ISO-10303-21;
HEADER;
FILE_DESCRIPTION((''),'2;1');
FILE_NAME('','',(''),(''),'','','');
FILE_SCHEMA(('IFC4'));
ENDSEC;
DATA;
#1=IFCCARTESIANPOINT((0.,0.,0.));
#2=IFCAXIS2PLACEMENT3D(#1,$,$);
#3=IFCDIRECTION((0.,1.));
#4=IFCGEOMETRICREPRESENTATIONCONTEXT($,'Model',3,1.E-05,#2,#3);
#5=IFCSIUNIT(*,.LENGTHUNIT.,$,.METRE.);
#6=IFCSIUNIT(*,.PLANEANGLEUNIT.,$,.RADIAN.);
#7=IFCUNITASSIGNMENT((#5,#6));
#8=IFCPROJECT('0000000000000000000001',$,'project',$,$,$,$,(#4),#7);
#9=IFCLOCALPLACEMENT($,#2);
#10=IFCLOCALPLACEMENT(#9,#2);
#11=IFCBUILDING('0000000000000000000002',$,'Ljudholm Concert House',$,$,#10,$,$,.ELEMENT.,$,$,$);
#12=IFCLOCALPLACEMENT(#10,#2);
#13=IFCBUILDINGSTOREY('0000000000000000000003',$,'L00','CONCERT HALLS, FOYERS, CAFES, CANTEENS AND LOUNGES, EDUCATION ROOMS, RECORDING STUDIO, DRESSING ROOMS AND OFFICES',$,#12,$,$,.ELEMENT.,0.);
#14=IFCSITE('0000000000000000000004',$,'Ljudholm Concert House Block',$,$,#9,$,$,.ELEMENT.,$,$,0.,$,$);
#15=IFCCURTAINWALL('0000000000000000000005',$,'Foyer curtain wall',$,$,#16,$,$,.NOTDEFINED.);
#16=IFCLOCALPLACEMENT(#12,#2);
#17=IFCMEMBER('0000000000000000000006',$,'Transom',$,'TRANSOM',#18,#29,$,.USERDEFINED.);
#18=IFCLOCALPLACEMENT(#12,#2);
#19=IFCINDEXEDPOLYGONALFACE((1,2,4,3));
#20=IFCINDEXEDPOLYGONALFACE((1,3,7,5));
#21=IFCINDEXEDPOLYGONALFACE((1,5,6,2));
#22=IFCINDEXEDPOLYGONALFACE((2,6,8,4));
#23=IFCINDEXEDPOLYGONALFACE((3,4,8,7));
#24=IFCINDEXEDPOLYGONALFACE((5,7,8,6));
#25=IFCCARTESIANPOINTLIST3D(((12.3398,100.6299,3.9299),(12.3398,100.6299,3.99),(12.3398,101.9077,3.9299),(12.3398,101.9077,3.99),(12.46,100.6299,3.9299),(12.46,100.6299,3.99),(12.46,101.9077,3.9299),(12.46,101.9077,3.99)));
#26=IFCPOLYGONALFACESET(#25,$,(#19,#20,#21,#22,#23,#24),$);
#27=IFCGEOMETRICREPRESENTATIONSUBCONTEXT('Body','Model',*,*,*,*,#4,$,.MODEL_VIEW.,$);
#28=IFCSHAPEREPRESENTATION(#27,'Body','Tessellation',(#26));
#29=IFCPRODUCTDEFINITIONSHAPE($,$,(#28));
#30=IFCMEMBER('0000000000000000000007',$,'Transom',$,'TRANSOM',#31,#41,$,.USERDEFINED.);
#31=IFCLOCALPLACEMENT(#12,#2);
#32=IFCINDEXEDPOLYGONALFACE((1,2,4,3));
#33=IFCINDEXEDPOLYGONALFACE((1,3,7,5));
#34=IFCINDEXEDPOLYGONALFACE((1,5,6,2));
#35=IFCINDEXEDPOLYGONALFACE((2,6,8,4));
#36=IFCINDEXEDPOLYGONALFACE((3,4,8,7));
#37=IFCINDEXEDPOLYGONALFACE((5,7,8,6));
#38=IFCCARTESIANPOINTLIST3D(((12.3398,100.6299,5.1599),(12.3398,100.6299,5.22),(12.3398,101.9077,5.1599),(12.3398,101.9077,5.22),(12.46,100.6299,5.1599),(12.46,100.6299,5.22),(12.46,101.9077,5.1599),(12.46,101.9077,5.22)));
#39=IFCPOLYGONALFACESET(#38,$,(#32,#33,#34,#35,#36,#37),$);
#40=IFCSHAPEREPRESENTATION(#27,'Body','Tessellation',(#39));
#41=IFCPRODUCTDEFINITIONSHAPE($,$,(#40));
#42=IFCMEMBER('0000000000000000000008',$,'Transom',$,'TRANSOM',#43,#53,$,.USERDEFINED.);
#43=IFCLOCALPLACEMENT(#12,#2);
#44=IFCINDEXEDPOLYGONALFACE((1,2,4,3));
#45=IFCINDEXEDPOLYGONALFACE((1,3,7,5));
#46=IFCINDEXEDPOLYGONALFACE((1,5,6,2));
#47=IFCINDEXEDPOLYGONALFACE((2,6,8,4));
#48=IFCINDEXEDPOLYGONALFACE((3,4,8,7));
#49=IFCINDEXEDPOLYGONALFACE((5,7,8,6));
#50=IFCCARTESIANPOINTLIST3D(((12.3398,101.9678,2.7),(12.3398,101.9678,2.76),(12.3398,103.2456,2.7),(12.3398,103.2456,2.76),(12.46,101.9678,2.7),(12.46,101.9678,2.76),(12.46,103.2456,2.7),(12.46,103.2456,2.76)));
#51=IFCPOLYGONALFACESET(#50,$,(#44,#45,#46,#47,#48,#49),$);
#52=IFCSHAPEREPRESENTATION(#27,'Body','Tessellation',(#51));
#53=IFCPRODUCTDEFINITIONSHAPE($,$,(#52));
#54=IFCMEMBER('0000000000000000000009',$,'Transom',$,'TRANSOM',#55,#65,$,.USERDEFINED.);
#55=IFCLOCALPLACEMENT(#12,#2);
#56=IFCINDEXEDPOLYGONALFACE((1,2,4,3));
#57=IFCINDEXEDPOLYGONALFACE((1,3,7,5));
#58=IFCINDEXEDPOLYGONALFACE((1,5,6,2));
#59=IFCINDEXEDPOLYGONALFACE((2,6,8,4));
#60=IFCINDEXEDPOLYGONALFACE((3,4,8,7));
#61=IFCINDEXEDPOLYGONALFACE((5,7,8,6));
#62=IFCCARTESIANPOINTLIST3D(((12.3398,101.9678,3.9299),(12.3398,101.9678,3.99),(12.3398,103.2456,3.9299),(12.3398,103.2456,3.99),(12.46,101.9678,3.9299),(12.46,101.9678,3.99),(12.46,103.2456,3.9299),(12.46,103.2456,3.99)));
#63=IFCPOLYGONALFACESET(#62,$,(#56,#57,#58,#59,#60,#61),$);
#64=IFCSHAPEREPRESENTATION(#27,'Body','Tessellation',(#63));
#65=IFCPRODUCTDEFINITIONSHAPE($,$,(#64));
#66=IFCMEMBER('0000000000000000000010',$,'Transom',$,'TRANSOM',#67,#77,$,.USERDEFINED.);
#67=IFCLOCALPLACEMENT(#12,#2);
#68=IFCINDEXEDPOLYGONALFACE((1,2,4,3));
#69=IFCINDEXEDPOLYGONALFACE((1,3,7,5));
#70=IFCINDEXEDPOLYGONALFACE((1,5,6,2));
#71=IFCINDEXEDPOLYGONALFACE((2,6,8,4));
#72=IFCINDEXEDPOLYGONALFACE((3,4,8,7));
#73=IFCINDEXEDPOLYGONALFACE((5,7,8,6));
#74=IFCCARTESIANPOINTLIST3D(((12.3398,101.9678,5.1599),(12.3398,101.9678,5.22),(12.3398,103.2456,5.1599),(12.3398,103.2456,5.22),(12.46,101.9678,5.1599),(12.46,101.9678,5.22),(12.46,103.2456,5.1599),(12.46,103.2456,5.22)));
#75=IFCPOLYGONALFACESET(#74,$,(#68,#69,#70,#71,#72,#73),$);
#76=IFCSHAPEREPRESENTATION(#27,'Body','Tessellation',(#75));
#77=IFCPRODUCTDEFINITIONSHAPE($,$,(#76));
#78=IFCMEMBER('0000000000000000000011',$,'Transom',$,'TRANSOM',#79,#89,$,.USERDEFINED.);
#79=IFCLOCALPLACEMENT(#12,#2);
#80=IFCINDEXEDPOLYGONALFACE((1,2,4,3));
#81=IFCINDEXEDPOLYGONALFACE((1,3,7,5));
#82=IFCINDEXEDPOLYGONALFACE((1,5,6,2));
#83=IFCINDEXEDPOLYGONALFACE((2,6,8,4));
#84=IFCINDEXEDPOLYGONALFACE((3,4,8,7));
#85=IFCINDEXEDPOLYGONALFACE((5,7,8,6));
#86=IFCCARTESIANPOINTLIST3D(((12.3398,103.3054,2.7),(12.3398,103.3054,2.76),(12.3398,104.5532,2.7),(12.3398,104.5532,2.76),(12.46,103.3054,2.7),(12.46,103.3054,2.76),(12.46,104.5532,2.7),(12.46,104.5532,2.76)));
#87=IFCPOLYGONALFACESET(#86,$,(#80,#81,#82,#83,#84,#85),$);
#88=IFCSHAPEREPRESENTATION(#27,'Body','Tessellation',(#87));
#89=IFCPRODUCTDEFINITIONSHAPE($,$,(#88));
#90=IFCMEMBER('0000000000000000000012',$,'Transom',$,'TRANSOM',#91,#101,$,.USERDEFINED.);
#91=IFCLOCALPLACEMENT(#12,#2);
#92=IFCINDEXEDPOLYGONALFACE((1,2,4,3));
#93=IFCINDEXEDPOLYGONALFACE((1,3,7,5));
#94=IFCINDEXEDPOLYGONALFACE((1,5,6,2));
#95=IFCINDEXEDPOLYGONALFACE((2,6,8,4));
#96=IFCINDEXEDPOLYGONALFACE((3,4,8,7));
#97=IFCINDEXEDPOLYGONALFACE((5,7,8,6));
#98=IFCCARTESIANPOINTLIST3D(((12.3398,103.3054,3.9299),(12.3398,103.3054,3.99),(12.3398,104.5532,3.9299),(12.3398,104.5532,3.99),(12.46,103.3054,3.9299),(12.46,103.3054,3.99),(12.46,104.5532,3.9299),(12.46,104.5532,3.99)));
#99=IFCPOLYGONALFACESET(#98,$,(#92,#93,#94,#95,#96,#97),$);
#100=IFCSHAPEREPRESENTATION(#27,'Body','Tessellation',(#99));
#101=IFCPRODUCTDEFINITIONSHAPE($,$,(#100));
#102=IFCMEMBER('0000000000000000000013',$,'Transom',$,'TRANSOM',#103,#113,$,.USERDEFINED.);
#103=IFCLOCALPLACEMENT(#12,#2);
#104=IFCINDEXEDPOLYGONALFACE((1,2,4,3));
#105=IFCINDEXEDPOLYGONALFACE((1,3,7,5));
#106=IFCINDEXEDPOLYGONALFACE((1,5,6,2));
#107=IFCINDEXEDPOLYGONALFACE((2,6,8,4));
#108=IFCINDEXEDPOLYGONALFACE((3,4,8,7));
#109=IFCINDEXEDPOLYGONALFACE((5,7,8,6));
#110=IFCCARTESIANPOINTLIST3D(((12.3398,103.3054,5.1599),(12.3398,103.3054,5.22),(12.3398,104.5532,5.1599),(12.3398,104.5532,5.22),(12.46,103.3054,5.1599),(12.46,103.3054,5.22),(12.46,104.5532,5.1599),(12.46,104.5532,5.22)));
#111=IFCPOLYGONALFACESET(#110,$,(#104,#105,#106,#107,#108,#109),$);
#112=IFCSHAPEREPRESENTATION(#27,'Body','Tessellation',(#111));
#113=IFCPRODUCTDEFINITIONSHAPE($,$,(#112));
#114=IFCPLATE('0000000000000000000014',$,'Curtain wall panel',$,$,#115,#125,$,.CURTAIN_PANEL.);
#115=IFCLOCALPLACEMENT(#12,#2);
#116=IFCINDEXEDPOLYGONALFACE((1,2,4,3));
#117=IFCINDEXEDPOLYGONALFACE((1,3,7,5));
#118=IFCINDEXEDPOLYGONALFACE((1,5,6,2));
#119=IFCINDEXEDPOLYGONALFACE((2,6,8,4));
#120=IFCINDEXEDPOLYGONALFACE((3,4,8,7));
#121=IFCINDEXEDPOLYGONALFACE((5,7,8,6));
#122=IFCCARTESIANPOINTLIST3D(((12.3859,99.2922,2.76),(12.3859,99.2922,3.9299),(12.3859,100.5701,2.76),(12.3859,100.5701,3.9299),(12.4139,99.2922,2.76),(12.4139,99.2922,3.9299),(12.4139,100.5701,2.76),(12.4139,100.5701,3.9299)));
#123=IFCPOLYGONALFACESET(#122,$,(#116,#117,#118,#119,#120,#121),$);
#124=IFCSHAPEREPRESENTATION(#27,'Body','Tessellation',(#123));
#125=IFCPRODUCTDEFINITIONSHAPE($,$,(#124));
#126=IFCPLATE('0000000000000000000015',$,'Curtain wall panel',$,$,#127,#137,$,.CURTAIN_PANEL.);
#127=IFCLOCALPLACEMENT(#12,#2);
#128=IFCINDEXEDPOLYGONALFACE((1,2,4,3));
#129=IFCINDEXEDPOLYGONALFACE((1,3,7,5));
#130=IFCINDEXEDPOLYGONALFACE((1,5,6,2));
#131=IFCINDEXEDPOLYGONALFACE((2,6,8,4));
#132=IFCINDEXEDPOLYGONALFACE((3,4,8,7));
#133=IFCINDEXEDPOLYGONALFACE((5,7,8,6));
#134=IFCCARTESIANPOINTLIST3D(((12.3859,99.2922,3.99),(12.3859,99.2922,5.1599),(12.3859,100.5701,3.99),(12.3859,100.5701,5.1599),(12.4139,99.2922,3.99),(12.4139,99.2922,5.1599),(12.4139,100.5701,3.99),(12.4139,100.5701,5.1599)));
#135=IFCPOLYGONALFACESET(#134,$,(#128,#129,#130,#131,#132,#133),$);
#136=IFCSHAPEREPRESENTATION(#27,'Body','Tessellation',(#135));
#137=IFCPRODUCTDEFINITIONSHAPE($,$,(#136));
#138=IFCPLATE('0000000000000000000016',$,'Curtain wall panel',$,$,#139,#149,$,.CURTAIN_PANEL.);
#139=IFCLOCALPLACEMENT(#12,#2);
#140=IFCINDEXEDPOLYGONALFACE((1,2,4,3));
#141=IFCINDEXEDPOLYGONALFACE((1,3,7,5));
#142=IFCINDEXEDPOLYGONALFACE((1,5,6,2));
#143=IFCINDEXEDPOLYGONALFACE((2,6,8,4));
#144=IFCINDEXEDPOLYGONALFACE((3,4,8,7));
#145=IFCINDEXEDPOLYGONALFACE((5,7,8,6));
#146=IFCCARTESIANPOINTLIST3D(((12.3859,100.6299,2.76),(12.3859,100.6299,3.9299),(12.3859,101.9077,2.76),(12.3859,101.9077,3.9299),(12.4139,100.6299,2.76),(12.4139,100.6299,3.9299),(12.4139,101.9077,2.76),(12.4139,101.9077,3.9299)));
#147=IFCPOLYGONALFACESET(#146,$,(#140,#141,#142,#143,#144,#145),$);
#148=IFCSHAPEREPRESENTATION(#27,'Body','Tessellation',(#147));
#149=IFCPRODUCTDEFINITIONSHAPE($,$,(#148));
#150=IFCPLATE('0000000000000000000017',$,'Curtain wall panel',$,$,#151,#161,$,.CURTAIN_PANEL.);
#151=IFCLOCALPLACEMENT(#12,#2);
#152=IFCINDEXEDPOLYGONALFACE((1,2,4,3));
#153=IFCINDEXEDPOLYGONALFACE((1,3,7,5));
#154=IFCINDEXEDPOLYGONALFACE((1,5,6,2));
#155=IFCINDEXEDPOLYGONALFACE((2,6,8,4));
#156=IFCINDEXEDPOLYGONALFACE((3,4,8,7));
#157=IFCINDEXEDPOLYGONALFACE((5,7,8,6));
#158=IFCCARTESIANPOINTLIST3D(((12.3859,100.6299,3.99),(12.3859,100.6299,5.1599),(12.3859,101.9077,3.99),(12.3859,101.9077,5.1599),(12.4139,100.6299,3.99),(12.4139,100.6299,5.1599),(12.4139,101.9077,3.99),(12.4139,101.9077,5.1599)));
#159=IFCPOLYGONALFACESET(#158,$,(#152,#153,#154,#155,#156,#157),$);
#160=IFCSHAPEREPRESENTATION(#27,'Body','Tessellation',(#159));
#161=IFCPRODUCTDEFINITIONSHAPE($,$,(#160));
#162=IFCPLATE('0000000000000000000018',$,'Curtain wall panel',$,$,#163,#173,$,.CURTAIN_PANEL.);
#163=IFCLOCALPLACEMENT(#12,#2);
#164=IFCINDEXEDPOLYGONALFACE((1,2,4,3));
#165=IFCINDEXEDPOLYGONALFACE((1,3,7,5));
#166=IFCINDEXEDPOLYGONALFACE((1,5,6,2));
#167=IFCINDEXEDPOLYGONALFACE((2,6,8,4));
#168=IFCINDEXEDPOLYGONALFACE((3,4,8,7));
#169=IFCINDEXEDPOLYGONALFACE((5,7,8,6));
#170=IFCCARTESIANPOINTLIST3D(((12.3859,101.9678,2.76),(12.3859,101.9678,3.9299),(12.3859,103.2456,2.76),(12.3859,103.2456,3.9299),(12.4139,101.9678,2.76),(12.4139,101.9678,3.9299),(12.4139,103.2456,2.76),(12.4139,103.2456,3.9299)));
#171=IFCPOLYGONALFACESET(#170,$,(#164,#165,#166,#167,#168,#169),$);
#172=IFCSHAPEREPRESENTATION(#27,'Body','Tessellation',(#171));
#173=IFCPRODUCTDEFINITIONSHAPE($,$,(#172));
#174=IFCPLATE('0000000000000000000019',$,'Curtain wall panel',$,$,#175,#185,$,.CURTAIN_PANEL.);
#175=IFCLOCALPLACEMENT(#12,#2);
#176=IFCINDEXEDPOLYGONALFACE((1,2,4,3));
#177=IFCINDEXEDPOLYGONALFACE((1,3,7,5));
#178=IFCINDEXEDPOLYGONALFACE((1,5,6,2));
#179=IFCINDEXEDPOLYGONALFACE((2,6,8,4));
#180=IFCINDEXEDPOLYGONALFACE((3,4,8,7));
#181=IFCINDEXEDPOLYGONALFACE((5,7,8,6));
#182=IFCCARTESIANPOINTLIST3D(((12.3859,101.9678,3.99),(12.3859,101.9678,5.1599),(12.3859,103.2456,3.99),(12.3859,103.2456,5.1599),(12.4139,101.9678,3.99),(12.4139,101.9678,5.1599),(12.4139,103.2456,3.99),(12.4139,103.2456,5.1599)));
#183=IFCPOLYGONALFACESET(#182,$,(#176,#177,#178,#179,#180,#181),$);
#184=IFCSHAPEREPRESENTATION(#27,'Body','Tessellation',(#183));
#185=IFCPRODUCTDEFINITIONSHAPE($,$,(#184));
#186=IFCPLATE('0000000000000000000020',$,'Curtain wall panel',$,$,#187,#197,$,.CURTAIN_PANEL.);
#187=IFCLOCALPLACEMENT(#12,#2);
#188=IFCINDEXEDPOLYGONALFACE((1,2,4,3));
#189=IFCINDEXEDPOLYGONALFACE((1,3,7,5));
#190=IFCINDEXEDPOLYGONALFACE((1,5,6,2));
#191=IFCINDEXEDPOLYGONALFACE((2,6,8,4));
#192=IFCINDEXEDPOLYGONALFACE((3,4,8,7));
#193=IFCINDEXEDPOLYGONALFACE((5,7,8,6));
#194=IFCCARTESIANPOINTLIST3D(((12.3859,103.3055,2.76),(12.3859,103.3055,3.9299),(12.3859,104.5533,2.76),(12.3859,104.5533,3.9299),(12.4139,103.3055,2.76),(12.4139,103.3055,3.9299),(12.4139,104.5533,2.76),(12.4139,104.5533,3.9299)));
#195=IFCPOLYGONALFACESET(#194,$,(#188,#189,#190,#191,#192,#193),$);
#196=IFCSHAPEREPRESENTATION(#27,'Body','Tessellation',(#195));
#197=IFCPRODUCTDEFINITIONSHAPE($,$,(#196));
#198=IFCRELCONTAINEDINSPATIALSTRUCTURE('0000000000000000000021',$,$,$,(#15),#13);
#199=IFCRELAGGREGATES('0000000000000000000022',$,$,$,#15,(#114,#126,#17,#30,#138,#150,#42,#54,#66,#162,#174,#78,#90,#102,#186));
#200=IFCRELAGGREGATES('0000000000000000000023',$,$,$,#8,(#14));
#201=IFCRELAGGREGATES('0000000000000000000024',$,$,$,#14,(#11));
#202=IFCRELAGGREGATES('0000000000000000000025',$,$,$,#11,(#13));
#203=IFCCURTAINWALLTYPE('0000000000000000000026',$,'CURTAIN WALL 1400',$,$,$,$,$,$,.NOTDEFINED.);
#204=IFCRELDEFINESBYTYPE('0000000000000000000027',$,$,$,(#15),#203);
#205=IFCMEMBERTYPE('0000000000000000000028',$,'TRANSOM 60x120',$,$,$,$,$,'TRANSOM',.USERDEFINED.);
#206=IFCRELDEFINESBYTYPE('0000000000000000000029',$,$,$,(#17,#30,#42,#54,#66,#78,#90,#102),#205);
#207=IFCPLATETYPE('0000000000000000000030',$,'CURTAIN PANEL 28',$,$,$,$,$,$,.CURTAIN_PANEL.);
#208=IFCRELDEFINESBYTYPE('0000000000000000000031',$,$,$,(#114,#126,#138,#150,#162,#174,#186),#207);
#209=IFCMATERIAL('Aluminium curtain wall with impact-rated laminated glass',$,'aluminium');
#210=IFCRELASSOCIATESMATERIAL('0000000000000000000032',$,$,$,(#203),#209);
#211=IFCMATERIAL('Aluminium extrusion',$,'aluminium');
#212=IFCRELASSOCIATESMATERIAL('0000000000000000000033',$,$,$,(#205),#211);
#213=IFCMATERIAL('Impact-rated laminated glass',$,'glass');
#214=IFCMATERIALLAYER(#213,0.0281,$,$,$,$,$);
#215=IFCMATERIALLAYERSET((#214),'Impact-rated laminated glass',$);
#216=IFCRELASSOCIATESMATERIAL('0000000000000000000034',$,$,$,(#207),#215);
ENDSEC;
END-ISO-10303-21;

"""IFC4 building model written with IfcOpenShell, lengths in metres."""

from ifc_helpers import new_model, si_unit, direction, frame, origin, origin_2d, place, context, subcontext, project, spatial, rectangle, extrude, material, layer, layer_set, material_profile, profile_set, type_object, element, aggregate, save


model = new_model("IFC4")

# Units and contexts
model_context = context("Model", 3, precision=1e-05, world=origin(), true_north=direction((0.0, 1.0)))
body_context = subcontext(model_context, "Body", "Model", "MODEL_VIEW")
ifc_project = project(units=[si_unit("LENGTHUNIT", "METRE"), si_unit("PLANEANGLEUNIT", "RADIAN")], contexts=[model_context])

# Site, building, storey
site_placement = place(None, origin())
site = spatial("IfcSite", under=ifc_project, at=site_placement, Name="Ljudholm Concert House Block", CompositionType="ELEMENT", RefElevation=0.0)
building_placement = place(site_placement, origin())
building = spatial("IfcBuilding", under=site, at=building_placement, Name="Ljudholm Concert House", CompositionType="ELEMENT")
storey_placement = place(building_placement, origin())
storey = spatial("IfcBuildingStorey", under=building, at=storey_placement, Name="L00", Description="CONCERT HALLS, FOYERS, CAFES, CANTEENS AND LOUNGES, EDUCATION ROOMS, RECORDING STUDIO, DRESSING ROOMS AND OFFICES", CompositionType="ELEMENT", Elevation=0.0)

# Curtain wall, members, plates
ifc_material_1 = material(Name="Aluminium curtain wall with impact-rated laminated glass", Category="aluminium")
curtain_wall_type = type_object("IfcCurtainWallType", Name="CURTAIN WALL 1400", PredefinedType="NOTDEFINED", material=ifc_material_1)
curtain_wall_placement = place(storey_placement, origin())
curtain_wall = element("IfcCurtainWall", 1, at=curtain_wall_placement, inside=storey, type_object=curtain_wall_type, Name="Foyer curtain wall", PredefinedType="NOTDEFINED")
ifc_material_2 = material(Name="Aluminium extrusion", Category="aluminium")
ifc_material_profile_1 = material_profile(ifc_material_2, rectangle(XDim=0.1201, YDim=0.0601, at=origin_2d()), Name="TRANSOM 60x120")
ifc_profile_set_1 = profile_set([ifc_material_profile_1], Name="Aluminium extrusion")
member_type_1 = type_object("IfcMemberType", Name="TRANSOM 60x120", ElementType="TRANSOM", PredefinedType="USERDEFINED", material=ifc_profile_set_1)
member_1_placement = place(storey_placement, frame((12.3999, 100.6299, 3.96), z_axis=(0.0, 1.0, 0.0), x_axis=(-1.0, 0.0, 0.0)))
member_1 = element("IfcMember", 2, at=member_1_placement, type_object=member_type_1, Name="Transom", ObjectType="TRANSOM", PredefinedType="USERDEFINED", context=body_context, shape_type="SweptSolid", body=[
    extrude(rectangle(XDim=0.1201, YDim=0.0601, at=origin_2d()), origin(), (0.0, 0.0, 1.0), 1.2778),
])
member_2_placement = place(storey_placement, frame((12.3999, 100.6299, 5.1899), z_axis=(0.0, 1.0, 0.0), x_axis=(-1.0, 0.0, 0.0)))
member_2 = element("IfcMember", 3, at=member_2_placement, type_object=member_type_1, Name="Transom", ObjectType="TRANSOM", PredefinedType="USERDEFINED", context=body_context, shape_type="SweptSolid", body=[
    extrude(rectangle(XDim=0.1201, YDim=0.0601, at=origin_2d()), origin(), (0.0, 0.0, 1.0), 1.2778),
])
member_3_placement = place(storey_placement, frame((12.3999, 101.9678, 2.73), z_axis=(0.0, 1.0, 0.0), x_axis=(-1.0, 0.0, 0.0)))
member_3 = element("IfcMember", 4, at=member_3_placement, type_object=member_type_1, Name="Transom", ObjectType="TRANSOM", PredefinedType="USERDEFINED", context=body_context, shape_type="SweptSolid", body=[
    extrude(rectangle(XDim=0.1201, YDim=0.0601, at=origin_2d()), origin(), (0.0, 0.0, 1.0), 1.2778),
])
member_4_placement = place(storey_placement, frame((12.3999, 101.9678, 3.96), z_axis=(0.0, 1.0, 0.0), x_axis=(-1.0, 0.0, 0.0)))
member_4 = element("IfcMember", 5, at=member_4_placement, type_object=member_type_1, Name="Transom", ObjectType="TRANSOM", PredefinedType="USERDEFINED", context=body_context, shape_type="SweptSolid", body=[
    extrude(rectangle(XDim=0.1201, YDim=0.0601, at=origin_2d()), origin(), (0.0, 0.0, 1.0), 1.2778),
])
member_5_placement = place(storey_placement, frame((12.3999, 101.9678, 5.1899), z_axis=(0.0, 1.0, 0.0), x_axis=(-1.0, 0.0, 0.0)))
member_5 = element("IfcMember", 6, at=member_5_placement, type_object=member_type_1, Name="Transom", ObjectType="TRANSOM", PredefinedType="USERDEFINED", context=body_context, shape_type="SweptSolid", body=[
    extrude(rectangle(XDim=0.1201, YDim=0.0601, at=origin_2d()), origin(), (0.0, 0.0, 1.0), 1.2778),
])
member_6_placement = place(storey_placement, frame((12.3999, 103.3054, 2.73), z_axis=(0.0, 1.0, 0.0), x_axis=(-1.0, 0.0, 0.0)))
member_6 = element("IfcMember", 7, at=member_6_placement, type_object=member_type_1, Name="Transom", ObjectType="TRANSOM", PredefinedType="USERDEFINED", context=body_context, shape_type="SweptSolid", body=[
    extrude(rectangle(XDim=0.1201, YDim=0.0601, at=origin_2d()), origin(), (0.0, 0.0, 1.0), 1.2478),
])
member_7_placement = place(storey_placement, frame((12.3999, 103.3054, 3.96), z_axis=(0.0, 1.0, 0.0), x_axis=(-1.0, 0.0, 0.0)))
member_7 = element("IfcMember", 8, at=member_7_placement, type_object=member_type_1, Name="Transom", ObjectType="TRANSOM", PredefinedType="USERDEFINED", context=body_context, shape_type="SweptSolid", body=[
    extrude(rectangle(XDim=0.1201, YDim=0.0601, at=origin_2d()), origin(), (0.0, 0.0, 1.0), 1.2478),
])
member_8_placement = place(storey_placement, frame((12.3999, 103.3054, 5.1899), z_axis=(0.0, 1.0, 0.0), x_axis=(-1.0, 0.0, 0.0)))
member_8 = element("IfcMember", 9, at=member_8_placement, type_object=member_type_1, Name="Transom", ObjectType="TRANSOM", PredefinedType="USERDEFINED", context=body_context, shape_type="SweptSolid", body=[
    extrude(rectangle(XDim=0.1201, YDim=0.0601, at=origin_2d()), origin(), (0.0, 0.0, 1.0), 1.2478),
])
ifc_material_3 = material(Name="Impact-rated laminated glass", Category="glass")
ifc_layer = layer(ifc_material_3, 0.0281)
ifc_layer_set = layer_set([ifc_layer], Name="Impact-rated laminated glass")
plate_type = type_object("IfcPlateType", Name="CURTAIN PANEL 28", PredefinedType="CURTAIN_PANEL", material=ifc_layer_set)
plate_1_placement = place(storey_placement, frame((12.3999, 99.9312, 2.76), z_axis=(0.0, 0.0, 1.0), x_axis=(0.0, 1.0, 0.0)))
plate_1 = element("IfcPlate", 10, at=plate_1_placement, type_object=plate_type, Name="Curtain wall panel", PredefinedType="CURTAIN_PANEL", context=body_context, shape_type="SweptSolid", body=[
    extrude(rectangle(XDim=1.2778, YDim=0.0281, at=origin_2d()), origin(), (0.0, 0.0, 1.0), 1.1699),
])
plate_2_placement = place(storey_placement, frame((12.3999, 99.9312, 3.99), z_axis=(0.0, 0.0, 1.0), x_axis=(0.0, 1.0, 0.0)))
plate_2 = element("IfcPlate", 11, at=plate_2_placement, type_object=plate_type, Name="Curtain wall panel", PredefinedType="CURTAIN_PANEL", context=body_context, shape_type="SweptSolid", body=[
    extrude(rectangle(XDim=1.2778, YDim=0.0281, at=origin_2d()), origin(), (0.0, 0.0, 1.0), 1.1699),
])
plate_3_placement = place(storey_placement, frame((12.3999, 101.2688, 2.76), z_axis=(0.0, 0.0, 1.0), x_axis=(0.0, 1.0, 0.0)))
plate_3 = element("IfcPlate", 12, at=plate_3_placement, type_object=plate_type, Name="Curtain wall panel", PredefinedType="CURTAIN_PANEL", context=body_context, shape_type="SweptSolid", body=[
    extrude(rectangle(XDim=1.2778, YDim=0.0281, at=origin_2d()), origin(), (0.0, 0.0, 1.0), 1.1699),
])
plate_4_placement = place(storey_placement, frame((12.3999, 101.2688, 3.99), z_axis=(0.0, 0.0, 1.0), x_axis=(0.0, 1.0, 0.0)))
plate_4 = element("IfcPlate", 13, at=plate_4_placement, type_object=plate_type, Name="Curtain wall panel", PredefinedType="CURTAIN_PANEL", context=body_context, shape_type="SweptSolid", body=[
    extrude(rectangle(XDim=1.2778, YDim=0.0281, at=origin_2d()), origin(), (0.0, 0.0, 1.0), 1.1699),
])
plate_5_placement = place(storey_placement, frame((12.3999, 102.6067, 2.76), z_axis=(0.0, 0.0, 1.0), x_axis=(0.0, 1.0, 0.0)))
plate_5 = element("IfcPlate", 14, at=plate_5_placement, type_object=plate_type, Name="Curtain wall panel", PredefinedType="CURTAIN_PANEL", context=body_context, shape_type="SweptSolid", body=[
    extrude(rectangle(XDim=1.2778, YDim=0.0281, at=origin_2d()), origin(), (0.0, 0.0, 1.0), 1.1699),
])
plate_6_placement = place(storey_placement, frame((12.3999, 102.6067, 3.99), z_axis=(0.0, 0.0, 1.0), x_axis=(0.0, 1.0, 0.0)))
plate_6 = element("IfcPlate", 15, at=plate_6_placement, type_object=plate_type, Name="Curtain wall panel", PredefinedType="CURTAIN_PANEL", context=body_context, shape_type="SweptSolid", body=[
    extrude(rectangle(XDim=1.2778, YDim=0.0281, at=origin_2d()), origin(), (0.0, 0.0, 1.0), 1.1699),
])
plate_7_placement = place(storey_placement, frame((12.3999, 103.9294, 2.76), z_axis=(0.0, 0.0, 1.0), x_axis=(0.0, 1.0, 0.0)))
plate_7 = element("IfcPlate", 16, at=plate_7_placement, type_object=plate_type, Name="Curtain wall panel", PredefinedType="CURTAIN_PANEL", context=body_context, shape_type="SweptSolid", body=[
    extrude(rectangle(XDim=1.2478, YDim=0.0281, at=origin_2d()), origin(), (0.0, 0.0, 1.0), 1.1699),
])
aggregate(curtain_wall, [plate_1, plate_2, member_1, member_2, plate_3, plate_4, member_3, member_4, member_5, plate_5, plate_6, member_6, member_7, member_8, plate_7])

save(model, "model.ifc")
